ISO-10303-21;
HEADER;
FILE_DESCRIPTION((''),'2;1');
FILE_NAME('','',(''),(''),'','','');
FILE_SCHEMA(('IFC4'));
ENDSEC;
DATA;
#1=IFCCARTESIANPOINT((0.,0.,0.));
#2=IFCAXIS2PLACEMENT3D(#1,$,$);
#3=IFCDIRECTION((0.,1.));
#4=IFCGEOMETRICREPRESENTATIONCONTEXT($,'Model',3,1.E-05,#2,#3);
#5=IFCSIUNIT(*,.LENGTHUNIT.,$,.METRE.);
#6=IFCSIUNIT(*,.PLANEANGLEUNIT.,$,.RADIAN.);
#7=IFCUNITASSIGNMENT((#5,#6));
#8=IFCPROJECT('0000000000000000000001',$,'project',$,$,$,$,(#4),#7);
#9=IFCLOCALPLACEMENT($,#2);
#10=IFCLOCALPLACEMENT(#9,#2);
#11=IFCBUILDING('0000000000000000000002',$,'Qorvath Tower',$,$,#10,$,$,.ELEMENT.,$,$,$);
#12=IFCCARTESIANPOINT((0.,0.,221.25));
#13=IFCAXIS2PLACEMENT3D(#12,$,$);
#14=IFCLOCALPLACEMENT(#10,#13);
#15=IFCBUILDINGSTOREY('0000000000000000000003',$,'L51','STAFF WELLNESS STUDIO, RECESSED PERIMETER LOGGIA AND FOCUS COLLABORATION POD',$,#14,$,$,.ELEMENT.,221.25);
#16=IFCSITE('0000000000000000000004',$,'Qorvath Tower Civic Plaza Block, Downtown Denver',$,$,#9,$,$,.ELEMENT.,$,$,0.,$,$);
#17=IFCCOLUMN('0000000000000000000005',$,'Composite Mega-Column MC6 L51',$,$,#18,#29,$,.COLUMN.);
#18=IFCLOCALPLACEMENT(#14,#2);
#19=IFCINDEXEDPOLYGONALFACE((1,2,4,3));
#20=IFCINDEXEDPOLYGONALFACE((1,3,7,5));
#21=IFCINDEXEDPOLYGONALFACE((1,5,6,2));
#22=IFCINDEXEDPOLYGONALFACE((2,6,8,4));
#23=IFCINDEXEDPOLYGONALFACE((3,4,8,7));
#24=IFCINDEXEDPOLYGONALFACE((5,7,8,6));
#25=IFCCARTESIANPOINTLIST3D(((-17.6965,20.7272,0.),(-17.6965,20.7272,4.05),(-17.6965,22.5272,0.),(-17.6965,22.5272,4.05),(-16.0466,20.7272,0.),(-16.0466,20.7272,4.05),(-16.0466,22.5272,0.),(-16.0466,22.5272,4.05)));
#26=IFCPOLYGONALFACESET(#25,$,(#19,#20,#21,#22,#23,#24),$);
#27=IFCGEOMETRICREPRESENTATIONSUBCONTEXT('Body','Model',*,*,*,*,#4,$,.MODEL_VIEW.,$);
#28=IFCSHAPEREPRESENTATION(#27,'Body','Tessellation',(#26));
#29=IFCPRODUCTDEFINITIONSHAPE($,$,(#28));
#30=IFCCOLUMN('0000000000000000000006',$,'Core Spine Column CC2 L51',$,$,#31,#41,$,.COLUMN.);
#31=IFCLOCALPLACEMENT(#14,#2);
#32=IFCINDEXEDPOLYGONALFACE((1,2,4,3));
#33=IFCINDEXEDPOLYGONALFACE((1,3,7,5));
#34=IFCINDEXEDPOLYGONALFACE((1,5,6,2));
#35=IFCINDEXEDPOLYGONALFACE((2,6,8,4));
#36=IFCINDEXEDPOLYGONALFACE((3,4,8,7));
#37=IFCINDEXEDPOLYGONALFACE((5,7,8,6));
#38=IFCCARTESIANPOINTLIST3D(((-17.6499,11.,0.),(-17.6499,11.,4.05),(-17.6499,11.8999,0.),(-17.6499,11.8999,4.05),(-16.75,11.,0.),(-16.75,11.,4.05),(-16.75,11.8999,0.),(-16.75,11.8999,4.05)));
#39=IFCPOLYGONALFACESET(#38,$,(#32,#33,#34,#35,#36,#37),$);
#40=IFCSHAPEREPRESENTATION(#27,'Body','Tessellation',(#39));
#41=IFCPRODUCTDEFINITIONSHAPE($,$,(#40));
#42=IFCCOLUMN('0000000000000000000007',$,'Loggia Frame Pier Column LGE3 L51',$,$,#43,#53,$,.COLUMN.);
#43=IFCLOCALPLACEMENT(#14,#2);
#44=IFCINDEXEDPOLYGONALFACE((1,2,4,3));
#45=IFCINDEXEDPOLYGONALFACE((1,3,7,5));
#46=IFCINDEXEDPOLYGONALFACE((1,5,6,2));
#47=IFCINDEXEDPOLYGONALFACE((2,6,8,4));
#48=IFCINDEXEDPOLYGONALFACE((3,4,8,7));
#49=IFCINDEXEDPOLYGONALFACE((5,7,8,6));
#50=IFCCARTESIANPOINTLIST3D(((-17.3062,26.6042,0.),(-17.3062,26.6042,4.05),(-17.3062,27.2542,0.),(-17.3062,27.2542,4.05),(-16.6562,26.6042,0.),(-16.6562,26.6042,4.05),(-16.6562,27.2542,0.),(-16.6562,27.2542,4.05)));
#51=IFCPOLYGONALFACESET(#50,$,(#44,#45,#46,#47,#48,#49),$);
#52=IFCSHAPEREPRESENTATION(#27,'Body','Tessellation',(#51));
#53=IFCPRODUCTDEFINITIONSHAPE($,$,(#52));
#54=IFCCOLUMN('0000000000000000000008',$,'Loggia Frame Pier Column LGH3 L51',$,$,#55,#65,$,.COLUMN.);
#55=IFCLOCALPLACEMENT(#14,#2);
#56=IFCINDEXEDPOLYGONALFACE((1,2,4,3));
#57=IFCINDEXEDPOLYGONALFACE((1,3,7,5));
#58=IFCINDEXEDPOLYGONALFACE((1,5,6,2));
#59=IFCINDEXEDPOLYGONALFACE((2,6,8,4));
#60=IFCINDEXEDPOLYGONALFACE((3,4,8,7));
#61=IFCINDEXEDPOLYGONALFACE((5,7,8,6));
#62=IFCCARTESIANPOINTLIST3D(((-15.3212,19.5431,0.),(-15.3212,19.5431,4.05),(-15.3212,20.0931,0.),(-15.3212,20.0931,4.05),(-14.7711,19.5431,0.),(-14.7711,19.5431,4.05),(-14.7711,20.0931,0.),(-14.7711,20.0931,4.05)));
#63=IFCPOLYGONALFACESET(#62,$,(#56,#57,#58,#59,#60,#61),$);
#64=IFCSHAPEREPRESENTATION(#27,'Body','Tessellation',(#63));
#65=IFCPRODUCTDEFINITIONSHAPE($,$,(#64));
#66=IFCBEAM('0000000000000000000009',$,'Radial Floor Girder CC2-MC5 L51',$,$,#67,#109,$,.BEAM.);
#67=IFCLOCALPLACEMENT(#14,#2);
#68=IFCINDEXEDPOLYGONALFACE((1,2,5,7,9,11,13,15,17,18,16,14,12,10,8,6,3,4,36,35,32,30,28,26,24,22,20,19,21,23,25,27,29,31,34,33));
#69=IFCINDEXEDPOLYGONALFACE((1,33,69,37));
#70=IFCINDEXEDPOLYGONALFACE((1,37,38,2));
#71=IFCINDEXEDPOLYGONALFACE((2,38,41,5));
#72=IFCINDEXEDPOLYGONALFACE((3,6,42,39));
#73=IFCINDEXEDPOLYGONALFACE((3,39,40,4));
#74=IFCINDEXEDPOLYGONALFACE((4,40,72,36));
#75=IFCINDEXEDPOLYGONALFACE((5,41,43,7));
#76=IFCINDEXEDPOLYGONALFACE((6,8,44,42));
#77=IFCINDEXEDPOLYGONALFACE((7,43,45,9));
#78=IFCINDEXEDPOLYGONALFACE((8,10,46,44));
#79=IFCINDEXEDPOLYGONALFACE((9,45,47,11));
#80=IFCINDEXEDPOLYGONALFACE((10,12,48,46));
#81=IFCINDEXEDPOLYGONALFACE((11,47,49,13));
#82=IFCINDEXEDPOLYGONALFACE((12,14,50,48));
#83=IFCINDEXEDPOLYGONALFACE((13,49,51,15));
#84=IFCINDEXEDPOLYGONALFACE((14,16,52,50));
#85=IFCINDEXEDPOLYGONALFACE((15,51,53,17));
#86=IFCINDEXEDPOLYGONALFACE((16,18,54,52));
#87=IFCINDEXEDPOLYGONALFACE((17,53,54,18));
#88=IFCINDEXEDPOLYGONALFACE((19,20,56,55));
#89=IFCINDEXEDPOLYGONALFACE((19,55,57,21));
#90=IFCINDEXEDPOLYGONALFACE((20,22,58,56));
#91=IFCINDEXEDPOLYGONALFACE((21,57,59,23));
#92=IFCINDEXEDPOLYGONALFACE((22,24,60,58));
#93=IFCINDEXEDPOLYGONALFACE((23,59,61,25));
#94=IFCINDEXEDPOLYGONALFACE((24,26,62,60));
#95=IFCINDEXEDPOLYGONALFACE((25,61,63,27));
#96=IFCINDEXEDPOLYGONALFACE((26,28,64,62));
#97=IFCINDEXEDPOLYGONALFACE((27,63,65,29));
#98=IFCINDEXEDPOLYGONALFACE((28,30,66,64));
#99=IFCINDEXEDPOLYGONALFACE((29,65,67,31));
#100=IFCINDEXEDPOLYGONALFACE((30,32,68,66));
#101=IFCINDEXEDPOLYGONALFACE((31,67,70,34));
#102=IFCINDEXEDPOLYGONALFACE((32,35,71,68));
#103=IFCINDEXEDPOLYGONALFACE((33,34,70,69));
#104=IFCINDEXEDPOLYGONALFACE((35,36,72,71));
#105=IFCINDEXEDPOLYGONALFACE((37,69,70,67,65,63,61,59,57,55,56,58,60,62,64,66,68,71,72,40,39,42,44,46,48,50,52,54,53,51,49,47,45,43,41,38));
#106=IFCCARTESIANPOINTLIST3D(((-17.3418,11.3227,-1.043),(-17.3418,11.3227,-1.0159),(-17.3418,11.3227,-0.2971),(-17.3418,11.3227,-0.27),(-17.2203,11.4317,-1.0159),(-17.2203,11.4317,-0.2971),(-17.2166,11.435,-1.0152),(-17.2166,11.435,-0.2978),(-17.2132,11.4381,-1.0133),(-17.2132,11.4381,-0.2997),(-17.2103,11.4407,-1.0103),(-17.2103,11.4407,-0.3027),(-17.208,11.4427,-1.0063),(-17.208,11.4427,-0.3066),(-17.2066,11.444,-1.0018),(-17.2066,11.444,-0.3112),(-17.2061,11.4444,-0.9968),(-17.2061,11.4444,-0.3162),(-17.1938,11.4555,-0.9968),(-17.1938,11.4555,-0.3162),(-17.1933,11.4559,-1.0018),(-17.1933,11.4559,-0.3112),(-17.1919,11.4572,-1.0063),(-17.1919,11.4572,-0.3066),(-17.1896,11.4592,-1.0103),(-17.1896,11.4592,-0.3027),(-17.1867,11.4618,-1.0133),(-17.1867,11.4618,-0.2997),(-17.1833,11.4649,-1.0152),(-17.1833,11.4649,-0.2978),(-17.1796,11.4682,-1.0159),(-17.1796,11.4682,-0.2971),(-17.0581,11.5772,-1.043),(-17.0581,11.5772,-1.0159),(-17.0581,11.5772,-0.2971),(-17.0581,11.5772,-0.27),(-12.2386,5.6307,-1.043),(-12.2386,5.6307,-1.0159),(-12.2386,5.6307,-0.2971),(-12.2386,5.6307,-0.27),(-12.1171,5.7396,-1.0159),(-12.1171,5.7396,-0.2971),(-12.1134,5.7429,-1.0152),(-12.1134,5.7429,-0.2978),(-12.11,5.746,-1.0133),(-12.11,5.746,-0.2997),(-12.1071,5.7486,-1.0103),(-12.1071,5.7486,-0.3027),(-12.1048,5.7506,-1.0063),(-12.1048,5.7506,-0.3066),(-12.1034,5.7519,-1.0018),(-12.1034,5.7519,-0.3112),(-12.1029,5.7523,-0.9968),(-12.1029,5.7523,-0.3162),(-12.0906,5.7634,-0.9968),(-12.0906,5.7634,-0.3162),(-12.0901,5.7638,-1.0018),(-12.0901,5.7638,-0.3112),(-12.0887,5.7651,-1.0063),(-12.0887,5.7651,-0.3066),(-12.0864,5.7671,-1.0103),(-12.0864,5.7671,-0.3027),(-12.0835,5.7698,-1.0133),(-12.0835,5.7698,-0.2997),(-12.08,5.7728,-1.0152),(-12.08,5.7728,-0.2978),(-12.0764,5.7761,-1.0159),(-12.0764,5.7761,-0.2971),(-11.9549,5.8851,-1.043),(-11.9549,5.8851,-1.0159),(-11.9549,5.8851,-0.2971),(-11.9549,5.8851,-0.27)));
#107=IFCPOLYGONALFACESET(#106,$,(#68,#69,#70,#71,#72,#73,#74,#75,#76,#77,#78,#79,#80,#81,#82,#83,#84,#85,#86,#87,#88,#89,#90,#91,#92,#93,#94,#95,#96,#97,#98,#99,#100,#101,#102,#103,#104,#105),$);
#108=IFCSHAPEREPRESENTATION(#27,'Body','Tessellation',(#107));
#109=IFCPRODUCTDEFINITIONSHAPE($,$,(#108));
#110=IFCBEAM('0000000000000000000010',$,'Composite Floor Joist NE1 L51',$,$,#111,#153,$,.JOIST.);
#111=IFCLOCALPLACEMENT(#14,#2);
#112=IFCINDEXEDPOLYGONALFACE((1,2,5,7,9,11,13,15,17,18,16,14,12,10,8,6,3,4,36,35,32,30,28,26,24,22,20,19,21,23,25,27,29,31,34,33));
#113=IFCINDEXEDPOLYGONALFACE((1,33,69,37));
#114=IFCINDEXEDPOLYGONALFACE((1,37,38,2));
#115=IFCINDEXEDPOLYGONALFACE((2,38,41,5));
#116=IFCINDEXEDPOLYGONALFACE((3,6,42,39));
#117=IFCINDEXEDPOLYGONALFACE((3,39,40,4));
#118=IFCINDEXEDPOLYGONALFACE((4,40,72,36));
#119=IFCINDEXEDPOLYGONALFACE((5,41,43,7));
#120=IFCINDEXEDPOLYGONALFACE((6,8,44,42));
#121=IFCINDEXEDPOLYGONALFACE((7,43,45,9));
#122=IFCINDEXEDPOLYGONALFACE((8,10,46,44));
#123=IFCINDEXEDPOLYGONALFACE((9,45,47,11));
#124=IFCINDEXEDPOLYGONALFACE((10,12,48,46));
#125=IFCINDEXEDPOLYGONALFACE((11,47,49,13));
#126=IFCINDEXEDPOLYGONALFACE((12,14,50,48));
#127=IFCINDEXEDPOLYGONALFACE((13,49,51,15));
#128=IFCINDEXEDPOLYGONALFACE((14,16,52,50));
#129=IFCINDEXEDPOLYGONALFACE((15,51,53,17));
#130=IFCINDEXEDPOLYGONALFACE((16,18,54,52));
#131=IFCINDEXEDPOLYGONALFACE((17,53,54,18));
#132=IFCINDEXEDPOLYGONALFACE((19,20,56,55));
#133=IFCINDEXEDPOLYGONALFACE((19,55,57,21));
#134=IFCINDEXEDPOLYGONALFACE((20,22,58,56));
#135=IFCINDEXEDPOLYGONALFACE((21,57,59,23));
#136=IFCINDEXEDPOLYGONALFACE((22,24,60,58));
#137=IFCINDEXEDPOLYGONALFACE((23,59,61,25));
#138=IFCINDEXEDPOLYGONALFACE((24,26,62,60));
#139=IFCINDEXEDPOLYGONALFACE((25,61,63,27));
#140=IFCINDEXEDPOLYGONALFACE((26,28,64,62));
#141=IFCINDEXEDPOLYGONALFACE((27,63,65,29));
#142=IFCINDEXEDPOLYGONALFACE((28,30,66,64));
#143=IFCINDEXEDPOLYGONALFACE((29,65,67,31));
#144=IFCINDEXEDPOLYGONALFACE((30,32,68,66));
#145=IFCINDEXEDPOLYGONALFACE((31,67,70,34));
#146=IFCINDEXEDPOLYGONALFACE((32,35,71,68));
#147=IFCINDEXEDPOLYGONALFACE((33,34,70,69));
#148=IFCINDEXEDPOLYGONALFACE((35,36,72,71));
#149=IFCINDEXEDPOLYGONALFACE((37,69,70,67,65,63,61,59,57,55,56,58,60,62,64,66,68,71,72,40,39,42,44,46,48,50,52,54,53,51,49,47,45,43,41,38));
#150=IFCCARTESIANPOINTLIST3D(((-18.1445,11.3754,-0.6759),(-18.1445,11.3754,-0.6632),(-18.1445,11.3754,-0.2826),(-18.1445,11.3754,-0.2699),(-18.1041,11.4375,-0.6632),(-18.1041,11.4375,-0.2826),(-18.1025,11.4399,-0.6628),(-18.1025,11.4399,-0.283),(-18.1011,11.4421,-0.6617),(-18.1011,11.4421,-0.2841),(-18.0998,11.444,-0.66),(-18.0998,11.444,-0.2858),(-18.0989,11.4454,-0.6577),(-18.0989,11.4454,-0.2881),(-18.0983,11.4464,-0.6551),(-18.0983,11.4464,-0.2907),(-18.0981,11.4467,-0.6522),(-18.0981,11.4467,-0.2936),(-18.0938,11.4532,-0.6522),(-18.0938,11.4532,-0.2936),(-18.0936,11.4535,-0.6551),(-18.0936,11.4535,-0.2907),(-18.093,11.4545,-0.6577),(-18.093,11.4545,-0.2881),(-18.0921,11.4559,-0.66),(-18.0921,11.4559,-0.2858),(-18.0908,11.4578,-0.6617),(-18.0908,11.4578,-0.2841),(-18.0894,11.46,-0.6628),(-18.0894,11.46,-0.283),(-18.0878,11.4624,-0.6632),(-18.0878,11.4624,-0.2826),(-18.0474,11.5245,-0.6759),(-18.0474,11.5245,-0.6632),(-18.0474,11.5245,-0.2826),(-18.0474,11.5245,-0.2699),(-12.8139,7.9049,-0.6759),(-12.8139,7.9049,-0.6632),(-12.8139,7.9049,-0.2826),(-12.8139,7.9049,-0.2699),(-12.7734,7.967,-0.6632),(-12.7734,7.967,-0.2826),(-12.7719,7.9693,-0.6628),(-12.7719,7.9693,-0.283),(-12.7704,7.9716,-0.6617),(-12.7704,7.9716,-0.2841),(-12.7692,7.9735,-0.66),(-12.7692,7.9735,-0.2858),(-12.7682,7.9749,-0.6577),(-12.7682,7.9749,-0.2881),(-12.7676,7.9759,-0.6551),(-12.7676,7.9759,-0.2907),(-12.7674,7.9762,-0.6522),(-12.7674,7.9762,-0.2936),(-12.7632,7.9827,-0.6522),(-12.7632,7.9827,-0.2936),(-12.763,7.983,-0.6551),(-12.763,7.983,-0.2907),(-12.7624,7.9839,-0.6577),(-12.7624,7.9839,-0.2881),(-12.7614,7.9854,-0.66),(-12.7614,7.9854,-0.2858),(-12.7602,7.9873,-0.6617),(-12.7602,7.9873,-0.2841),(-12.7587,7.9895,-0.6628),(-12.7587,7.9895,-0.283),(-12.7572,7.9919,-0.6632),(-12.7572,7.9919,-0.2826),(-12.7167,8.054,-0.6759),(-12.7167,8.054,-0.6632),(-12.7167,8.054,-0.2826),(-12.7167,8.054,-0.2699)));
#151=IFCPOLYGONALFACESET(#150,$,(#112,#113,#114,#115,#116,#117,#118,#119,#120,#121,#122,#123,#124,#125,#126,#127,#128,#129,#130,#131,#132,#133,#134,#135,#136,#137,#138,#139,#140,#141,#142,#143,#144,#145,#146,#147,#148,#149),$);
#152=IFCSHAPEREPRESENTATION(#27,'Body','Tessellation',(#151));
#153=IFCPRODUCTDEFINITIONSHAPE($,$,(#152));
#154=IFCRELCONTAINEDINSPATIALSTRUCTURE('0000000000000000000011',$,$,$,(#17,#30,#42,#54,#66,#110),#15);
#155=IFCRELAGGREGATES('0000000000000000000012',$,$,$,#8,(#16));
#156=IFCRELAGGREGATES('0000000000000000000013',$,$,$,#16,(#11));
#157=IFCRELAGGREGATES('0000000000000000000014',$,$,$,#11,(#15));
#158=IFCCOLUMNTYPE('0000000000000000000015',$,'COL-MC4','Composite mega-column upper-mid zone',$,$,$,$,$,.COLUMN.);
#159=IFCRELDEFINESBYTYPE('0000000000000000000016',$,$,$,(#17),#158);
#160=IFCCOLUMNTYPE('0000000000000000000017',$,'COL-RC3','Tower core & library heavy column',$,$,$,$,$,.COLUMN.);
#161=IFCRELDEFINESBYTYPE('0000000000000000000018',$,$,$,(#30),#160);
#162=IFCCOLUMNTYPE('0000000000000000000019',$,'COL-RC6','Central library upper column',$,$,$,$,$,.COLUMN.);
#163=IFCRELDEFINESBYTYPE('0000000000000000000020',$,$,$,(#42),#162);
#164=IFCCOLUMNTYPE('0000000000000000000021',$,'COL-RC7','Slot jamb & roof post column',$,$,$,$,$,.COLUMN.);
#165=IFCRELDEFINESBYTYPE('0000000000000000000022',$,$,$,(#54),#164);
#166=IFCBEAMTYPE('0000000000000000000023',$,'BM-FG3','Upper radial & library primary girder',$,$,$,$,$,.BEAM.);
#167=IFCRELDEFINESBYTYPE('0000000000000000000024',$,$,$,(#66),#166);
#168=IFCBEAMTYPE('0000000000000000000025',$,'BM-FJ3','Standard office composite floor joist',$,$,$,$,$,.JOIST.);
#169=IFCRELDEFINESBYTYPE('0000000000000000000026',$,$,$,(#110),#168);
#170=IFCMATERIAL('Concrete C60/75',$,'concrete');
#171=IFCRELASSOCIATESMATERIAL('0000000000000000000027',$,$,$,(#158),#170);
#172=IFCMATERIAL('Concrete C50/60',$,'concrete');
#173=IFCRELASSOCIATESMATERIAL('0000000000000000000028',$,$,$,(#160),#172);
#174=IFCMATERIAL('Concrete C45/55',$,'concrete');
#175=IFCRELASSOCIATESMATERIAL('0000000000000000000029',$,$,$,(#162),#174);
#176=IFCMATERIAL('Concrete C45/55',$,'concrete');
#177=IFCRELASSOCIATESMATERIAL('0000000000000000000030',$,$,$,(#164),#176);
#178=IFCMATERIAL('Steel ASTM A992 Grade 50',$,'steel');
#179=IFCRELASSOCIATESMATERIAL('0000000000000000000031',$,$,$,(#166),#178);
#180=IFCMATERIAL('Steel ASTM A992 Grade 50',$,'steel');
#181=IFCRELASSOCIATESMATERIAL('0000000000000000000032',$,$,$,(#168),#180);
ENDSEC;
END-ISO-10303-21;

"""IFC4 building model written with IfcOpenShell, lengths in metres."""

from ifc_helpers import new_model, si_unit, direction, frame, origin, origin_2d, place, context, subcontext, project, spatial, rectangle, i_section, extrude, material, material_profile, profile_set, type_object, element, save


model = new_model("IFC4")

# Units and contexts
model_context = context("Model", 3, precision=1e-05, world=origin(), true_north=direction((0.0, 1.0)))
body_context = subcontext(model_context, "Body", "Model", "MODEL_VIEW")
ifc_project = project(units=[si_unit("LENGTHUNIT", "METRE"), si_unit("PLANEANGLEUNIT", "RADIAN")], contexts=[model_context])

# Site, building, storey
site_placement = place(None, origin())
site = spatial("IfcSite", under=ifc_project, at=site_placement, Name="Qorvath Tower Civic Plaza Block, Downtown Denver", CompositionType="ELEMENT", RefElevation=0.0)
building_placement = place(site_placement, origin())
building = spatial("IfcBuilding", under=site, at=building_placement, Name="Qorvath Tower", CompositionType="ELEMENT")
storey_placement = place(building_placement, frame((0.0, 0.0, 221.25)))
storey = spatial("IfcBuildingStorey", under=building, at=storey_placement, Name="L51", Description="STAFF WELLNESS STUDIO, RECESSED PERIMETER LOGGIA AND FOCUS COLLABORATION POD", CompositionType="ELEMENT", Elevation=221.25)

# Columns
ifc_material_1 = material(Name="Concrete C60/75", Category="concrete")
ifc_material_profile_1 = material_profile(ifc_material_1, rectangle(XDim=1.6499, YDim=1.8, at=origin_2d()), Name="MC 1800x1650")
ifc_profile_set_1 = profile_set([ifc_material_profile_1], Name="Concrete C60/75")
column_type_1 = type_object("IfcColumnType", Name="COL-MC4", Description="Composite mega-column upper-mid zone", PredefinedType="COLUMN", material=ifc_profile_set_1)
column_1_placement = place(storey_placement, frame((-16.8716, 21.6272, 0.0), z_axis=(0.0, 0.0, 1.0), x_axis=(1.0, 0.0, 0.0)))
element("IfcColumn", 1, at=column_1_placement, inside=storey, type_object=column_type_1, Name="Composite Mega-Column MC6 L51", PredefinedType="COLUMN", context=body_context, shape_type="SweptSolid", body=[
    extrude(rectangle(XDim=1.6499, YDim=1.8, at=origin_2d()), origin(), (0.0, 0.0, 1.0), 4.05),
])
ifc_material_2 = material(Name="Concrete C50/60", Category="concrete")
ifc_material_profile_2 = material_profile(ifc_material_2, rectangle(XDim=0.8999, YDim=0.8999, at=origin_2d()), Name="RC 900x900")
ifc_profile_set_2 = profile_set([ifc_material_profile_2], Name="Concrete C50/60")
column_type_2 = type_object("IfcColumnType", Name="COL-RC3", Description="Tower core & library heavy column", PredefinedType="COLUMN", material=ifc_profile_set_2)
column_2_placement = place(storey_placement, frame((-17.2, 11.45, 0.0), z_axis=(0.0, 0.0, 1.0), x_axis=(1.0, 0.0, 0.0)))
element("IfcColumn", 2, at=column_2_placement, inside=storey, type_object=column_type_2, Name="Core Spine Column CC2 L51", PredefinedType="COLUMN", context=body_context, shape_type="SweptSolid", body=[
    extrude(rectangle(XDim=0.8999, YDim=0.8999, at=origin_2d()), origin(), (0.0, 0.0, 1.0), 4.05),
])
ifc_material_3 = material(Name="Concrete C45/55", Category="concrete")
ifc_material_profile_3 = material_profile(ifc_material_3, rectangle(XDim=0.6499, YDim=0.6499, at=origin_2d()), Name="RC 650x650")
ifc_profile_set_3 = profile_set([ifc_material_profile_3], Name="Concrete C45/55")
column_type_3 = type_object("IfcColumnType", Name="COL-RC6", Description="Central library upper column", PredefinedType="COLUMN", material=ifc_profile_set_3)
column_3_placement = place(storey_placement, frame((-16.9812, 26.9292, 0.0), z_axis=(0.0, 0.0, 1.0), x_axis=(1.0, 0.0, 0.0)))
element("IfcColumn", 3, at=column_3_placement, inside=storey, type_object=column_type_3, Name="Loggia Frame Pier Column LGE3 L51", PredefinedType="COLUMN", context=body_context, shape_type="SweptSolid", body=[
    extrude(rectangle(XDim=0.6499, YDim=0.6499, at=origin_2d()), origin(), (0.0, 0.0, 1.0), 4.05),
])
ifc_material_4 = material(Name="Concrete C45/55", Category="concrete")
ifc_material_profile_4 = material_profile(ifc_material_4, rectangle(XDim=0.55, YDim=0.55, at=origin_2d()), Name="RC 550x550")
ifc_profile_set_4 = profile_set([ifc_material_profile_4], Name="Concrete C45/55")
column_type_4 = type_object("IfcColumnType", Name="COL-RC7", Description="Slot jamb & roof post column", PredefinedType="COLUMN", material=ifc_profile_set_4)
column_4_placement = place(storey_placement, frame((-15.0461, 19.8181, 0.0), z_axis=(0.0, 0.0, 1.0), x_axis=(1.0, 0.0, 0.0)))
element("IfcColumn", 4, at=column_4_placement, inside=storey, type_object=column_type_4, Name="Loggia Frame Pier Column LGH3 L51", PredefinedType="COLUMN", context=body_context, shape_type="SweptSolid", body=[
    extrude(rectangle(XDim=0.55, YDim=0.55, at=origin_2d()), origin(), (0.0, 0.0, 1.0), 4.05),
])

# Beams
ifc_material_5 = material(Name="Steel ASTM A992 Grade 50", Category="steel")
ifc_material_profile_5 = material_profile(ifc_material_5, i_section(OverallWidth=0.3811, OverallDepth=0.7729, WebThickness=0.0166, FlangeThickness=0.0271, FilletRadius=0.019, at=origin_2d()), Name="W30x173")
ifc_profile_set_5 = profile_set([ifc_material_profile_5], Name="Steel ASTM A992 Grade 50")
beam_type_1 = type_object("IfcBeamType", Name="BM-FG3", Description="Upper radial & library primary girder", PredefinedType="BEAM", material=ifc_profile_set_5)
beam_1_placement = place(storey_placement, frame((-17.2, 11.45, -0.6565), z_axis=(0.667543, -0.744571, 0.0), x_axis=(0.744571, 0.667543, 0.0)))
element("IfcBeam", 5, at=beam_1_placement, inside=storey, type_object=beam_type_1, Name="Radial Floor Girder CC2-MC5 L51", PredefinedType="BEAM", context=body_context, shape_type="SweptSolid", body=[
    extrude(i_section(OverallWidth=0.3811, OverallDepth=0.7729, WebThickness=0.0166, FlangeThickness=0.0271, FilletRadius=0.019, at=origin_2d()), origin(), (0.0, 0.0, 1.0), 7.6448),
])
ifc_material_6 = material(Name="Steel ASTM A992 Grade 50", Category="steel")
ifc_material_profile_6 = material_profile(ifc_material_6, i_section(OverallWidth=0.178, OverallDepth=0.406, WebThickness=0.0078, FlangeThickness=0.0127, FilletRadius=0.011, at=origin_2d()), Name="W16x40")
ifc_profile_set_6 = profile_set([ifc_material_profile_6], Name="Steel ASTM A992 Grade 50")
beam_type_2 = type_object("IfcBeamType", Name="BM-FJ3", Description="Standard office composite floor joist", PredefinedType="JOIST", material=ifc_profile_set_6)
beam_2_placement = place(storey_placement, frame((-18.0959, 11.45, -0.4729), z_axis=(0.838042, -0.545606, 0.0), x_axis=(0.545606, 0.838042, 0.0)))
element("IfcBeam", 6, at=beam_2_placement, inside=storey, type_object=beam_type_2, Name="Composite Floor Joist NE1 L51", PredefinedType="JOIST", context=body_context, shape_type="SweptSolid", body=[
    extrude(i_section(OverallWidth=0.178, OverallDepth=0.406, WebThickness=0.0078, FlangeThickness=0.0127, FilletRadius=0.011, at=origin_2d()), origin(), (0.0, 0.0, 1.0), 6.3608),
])

save(model, "model.ifc")
